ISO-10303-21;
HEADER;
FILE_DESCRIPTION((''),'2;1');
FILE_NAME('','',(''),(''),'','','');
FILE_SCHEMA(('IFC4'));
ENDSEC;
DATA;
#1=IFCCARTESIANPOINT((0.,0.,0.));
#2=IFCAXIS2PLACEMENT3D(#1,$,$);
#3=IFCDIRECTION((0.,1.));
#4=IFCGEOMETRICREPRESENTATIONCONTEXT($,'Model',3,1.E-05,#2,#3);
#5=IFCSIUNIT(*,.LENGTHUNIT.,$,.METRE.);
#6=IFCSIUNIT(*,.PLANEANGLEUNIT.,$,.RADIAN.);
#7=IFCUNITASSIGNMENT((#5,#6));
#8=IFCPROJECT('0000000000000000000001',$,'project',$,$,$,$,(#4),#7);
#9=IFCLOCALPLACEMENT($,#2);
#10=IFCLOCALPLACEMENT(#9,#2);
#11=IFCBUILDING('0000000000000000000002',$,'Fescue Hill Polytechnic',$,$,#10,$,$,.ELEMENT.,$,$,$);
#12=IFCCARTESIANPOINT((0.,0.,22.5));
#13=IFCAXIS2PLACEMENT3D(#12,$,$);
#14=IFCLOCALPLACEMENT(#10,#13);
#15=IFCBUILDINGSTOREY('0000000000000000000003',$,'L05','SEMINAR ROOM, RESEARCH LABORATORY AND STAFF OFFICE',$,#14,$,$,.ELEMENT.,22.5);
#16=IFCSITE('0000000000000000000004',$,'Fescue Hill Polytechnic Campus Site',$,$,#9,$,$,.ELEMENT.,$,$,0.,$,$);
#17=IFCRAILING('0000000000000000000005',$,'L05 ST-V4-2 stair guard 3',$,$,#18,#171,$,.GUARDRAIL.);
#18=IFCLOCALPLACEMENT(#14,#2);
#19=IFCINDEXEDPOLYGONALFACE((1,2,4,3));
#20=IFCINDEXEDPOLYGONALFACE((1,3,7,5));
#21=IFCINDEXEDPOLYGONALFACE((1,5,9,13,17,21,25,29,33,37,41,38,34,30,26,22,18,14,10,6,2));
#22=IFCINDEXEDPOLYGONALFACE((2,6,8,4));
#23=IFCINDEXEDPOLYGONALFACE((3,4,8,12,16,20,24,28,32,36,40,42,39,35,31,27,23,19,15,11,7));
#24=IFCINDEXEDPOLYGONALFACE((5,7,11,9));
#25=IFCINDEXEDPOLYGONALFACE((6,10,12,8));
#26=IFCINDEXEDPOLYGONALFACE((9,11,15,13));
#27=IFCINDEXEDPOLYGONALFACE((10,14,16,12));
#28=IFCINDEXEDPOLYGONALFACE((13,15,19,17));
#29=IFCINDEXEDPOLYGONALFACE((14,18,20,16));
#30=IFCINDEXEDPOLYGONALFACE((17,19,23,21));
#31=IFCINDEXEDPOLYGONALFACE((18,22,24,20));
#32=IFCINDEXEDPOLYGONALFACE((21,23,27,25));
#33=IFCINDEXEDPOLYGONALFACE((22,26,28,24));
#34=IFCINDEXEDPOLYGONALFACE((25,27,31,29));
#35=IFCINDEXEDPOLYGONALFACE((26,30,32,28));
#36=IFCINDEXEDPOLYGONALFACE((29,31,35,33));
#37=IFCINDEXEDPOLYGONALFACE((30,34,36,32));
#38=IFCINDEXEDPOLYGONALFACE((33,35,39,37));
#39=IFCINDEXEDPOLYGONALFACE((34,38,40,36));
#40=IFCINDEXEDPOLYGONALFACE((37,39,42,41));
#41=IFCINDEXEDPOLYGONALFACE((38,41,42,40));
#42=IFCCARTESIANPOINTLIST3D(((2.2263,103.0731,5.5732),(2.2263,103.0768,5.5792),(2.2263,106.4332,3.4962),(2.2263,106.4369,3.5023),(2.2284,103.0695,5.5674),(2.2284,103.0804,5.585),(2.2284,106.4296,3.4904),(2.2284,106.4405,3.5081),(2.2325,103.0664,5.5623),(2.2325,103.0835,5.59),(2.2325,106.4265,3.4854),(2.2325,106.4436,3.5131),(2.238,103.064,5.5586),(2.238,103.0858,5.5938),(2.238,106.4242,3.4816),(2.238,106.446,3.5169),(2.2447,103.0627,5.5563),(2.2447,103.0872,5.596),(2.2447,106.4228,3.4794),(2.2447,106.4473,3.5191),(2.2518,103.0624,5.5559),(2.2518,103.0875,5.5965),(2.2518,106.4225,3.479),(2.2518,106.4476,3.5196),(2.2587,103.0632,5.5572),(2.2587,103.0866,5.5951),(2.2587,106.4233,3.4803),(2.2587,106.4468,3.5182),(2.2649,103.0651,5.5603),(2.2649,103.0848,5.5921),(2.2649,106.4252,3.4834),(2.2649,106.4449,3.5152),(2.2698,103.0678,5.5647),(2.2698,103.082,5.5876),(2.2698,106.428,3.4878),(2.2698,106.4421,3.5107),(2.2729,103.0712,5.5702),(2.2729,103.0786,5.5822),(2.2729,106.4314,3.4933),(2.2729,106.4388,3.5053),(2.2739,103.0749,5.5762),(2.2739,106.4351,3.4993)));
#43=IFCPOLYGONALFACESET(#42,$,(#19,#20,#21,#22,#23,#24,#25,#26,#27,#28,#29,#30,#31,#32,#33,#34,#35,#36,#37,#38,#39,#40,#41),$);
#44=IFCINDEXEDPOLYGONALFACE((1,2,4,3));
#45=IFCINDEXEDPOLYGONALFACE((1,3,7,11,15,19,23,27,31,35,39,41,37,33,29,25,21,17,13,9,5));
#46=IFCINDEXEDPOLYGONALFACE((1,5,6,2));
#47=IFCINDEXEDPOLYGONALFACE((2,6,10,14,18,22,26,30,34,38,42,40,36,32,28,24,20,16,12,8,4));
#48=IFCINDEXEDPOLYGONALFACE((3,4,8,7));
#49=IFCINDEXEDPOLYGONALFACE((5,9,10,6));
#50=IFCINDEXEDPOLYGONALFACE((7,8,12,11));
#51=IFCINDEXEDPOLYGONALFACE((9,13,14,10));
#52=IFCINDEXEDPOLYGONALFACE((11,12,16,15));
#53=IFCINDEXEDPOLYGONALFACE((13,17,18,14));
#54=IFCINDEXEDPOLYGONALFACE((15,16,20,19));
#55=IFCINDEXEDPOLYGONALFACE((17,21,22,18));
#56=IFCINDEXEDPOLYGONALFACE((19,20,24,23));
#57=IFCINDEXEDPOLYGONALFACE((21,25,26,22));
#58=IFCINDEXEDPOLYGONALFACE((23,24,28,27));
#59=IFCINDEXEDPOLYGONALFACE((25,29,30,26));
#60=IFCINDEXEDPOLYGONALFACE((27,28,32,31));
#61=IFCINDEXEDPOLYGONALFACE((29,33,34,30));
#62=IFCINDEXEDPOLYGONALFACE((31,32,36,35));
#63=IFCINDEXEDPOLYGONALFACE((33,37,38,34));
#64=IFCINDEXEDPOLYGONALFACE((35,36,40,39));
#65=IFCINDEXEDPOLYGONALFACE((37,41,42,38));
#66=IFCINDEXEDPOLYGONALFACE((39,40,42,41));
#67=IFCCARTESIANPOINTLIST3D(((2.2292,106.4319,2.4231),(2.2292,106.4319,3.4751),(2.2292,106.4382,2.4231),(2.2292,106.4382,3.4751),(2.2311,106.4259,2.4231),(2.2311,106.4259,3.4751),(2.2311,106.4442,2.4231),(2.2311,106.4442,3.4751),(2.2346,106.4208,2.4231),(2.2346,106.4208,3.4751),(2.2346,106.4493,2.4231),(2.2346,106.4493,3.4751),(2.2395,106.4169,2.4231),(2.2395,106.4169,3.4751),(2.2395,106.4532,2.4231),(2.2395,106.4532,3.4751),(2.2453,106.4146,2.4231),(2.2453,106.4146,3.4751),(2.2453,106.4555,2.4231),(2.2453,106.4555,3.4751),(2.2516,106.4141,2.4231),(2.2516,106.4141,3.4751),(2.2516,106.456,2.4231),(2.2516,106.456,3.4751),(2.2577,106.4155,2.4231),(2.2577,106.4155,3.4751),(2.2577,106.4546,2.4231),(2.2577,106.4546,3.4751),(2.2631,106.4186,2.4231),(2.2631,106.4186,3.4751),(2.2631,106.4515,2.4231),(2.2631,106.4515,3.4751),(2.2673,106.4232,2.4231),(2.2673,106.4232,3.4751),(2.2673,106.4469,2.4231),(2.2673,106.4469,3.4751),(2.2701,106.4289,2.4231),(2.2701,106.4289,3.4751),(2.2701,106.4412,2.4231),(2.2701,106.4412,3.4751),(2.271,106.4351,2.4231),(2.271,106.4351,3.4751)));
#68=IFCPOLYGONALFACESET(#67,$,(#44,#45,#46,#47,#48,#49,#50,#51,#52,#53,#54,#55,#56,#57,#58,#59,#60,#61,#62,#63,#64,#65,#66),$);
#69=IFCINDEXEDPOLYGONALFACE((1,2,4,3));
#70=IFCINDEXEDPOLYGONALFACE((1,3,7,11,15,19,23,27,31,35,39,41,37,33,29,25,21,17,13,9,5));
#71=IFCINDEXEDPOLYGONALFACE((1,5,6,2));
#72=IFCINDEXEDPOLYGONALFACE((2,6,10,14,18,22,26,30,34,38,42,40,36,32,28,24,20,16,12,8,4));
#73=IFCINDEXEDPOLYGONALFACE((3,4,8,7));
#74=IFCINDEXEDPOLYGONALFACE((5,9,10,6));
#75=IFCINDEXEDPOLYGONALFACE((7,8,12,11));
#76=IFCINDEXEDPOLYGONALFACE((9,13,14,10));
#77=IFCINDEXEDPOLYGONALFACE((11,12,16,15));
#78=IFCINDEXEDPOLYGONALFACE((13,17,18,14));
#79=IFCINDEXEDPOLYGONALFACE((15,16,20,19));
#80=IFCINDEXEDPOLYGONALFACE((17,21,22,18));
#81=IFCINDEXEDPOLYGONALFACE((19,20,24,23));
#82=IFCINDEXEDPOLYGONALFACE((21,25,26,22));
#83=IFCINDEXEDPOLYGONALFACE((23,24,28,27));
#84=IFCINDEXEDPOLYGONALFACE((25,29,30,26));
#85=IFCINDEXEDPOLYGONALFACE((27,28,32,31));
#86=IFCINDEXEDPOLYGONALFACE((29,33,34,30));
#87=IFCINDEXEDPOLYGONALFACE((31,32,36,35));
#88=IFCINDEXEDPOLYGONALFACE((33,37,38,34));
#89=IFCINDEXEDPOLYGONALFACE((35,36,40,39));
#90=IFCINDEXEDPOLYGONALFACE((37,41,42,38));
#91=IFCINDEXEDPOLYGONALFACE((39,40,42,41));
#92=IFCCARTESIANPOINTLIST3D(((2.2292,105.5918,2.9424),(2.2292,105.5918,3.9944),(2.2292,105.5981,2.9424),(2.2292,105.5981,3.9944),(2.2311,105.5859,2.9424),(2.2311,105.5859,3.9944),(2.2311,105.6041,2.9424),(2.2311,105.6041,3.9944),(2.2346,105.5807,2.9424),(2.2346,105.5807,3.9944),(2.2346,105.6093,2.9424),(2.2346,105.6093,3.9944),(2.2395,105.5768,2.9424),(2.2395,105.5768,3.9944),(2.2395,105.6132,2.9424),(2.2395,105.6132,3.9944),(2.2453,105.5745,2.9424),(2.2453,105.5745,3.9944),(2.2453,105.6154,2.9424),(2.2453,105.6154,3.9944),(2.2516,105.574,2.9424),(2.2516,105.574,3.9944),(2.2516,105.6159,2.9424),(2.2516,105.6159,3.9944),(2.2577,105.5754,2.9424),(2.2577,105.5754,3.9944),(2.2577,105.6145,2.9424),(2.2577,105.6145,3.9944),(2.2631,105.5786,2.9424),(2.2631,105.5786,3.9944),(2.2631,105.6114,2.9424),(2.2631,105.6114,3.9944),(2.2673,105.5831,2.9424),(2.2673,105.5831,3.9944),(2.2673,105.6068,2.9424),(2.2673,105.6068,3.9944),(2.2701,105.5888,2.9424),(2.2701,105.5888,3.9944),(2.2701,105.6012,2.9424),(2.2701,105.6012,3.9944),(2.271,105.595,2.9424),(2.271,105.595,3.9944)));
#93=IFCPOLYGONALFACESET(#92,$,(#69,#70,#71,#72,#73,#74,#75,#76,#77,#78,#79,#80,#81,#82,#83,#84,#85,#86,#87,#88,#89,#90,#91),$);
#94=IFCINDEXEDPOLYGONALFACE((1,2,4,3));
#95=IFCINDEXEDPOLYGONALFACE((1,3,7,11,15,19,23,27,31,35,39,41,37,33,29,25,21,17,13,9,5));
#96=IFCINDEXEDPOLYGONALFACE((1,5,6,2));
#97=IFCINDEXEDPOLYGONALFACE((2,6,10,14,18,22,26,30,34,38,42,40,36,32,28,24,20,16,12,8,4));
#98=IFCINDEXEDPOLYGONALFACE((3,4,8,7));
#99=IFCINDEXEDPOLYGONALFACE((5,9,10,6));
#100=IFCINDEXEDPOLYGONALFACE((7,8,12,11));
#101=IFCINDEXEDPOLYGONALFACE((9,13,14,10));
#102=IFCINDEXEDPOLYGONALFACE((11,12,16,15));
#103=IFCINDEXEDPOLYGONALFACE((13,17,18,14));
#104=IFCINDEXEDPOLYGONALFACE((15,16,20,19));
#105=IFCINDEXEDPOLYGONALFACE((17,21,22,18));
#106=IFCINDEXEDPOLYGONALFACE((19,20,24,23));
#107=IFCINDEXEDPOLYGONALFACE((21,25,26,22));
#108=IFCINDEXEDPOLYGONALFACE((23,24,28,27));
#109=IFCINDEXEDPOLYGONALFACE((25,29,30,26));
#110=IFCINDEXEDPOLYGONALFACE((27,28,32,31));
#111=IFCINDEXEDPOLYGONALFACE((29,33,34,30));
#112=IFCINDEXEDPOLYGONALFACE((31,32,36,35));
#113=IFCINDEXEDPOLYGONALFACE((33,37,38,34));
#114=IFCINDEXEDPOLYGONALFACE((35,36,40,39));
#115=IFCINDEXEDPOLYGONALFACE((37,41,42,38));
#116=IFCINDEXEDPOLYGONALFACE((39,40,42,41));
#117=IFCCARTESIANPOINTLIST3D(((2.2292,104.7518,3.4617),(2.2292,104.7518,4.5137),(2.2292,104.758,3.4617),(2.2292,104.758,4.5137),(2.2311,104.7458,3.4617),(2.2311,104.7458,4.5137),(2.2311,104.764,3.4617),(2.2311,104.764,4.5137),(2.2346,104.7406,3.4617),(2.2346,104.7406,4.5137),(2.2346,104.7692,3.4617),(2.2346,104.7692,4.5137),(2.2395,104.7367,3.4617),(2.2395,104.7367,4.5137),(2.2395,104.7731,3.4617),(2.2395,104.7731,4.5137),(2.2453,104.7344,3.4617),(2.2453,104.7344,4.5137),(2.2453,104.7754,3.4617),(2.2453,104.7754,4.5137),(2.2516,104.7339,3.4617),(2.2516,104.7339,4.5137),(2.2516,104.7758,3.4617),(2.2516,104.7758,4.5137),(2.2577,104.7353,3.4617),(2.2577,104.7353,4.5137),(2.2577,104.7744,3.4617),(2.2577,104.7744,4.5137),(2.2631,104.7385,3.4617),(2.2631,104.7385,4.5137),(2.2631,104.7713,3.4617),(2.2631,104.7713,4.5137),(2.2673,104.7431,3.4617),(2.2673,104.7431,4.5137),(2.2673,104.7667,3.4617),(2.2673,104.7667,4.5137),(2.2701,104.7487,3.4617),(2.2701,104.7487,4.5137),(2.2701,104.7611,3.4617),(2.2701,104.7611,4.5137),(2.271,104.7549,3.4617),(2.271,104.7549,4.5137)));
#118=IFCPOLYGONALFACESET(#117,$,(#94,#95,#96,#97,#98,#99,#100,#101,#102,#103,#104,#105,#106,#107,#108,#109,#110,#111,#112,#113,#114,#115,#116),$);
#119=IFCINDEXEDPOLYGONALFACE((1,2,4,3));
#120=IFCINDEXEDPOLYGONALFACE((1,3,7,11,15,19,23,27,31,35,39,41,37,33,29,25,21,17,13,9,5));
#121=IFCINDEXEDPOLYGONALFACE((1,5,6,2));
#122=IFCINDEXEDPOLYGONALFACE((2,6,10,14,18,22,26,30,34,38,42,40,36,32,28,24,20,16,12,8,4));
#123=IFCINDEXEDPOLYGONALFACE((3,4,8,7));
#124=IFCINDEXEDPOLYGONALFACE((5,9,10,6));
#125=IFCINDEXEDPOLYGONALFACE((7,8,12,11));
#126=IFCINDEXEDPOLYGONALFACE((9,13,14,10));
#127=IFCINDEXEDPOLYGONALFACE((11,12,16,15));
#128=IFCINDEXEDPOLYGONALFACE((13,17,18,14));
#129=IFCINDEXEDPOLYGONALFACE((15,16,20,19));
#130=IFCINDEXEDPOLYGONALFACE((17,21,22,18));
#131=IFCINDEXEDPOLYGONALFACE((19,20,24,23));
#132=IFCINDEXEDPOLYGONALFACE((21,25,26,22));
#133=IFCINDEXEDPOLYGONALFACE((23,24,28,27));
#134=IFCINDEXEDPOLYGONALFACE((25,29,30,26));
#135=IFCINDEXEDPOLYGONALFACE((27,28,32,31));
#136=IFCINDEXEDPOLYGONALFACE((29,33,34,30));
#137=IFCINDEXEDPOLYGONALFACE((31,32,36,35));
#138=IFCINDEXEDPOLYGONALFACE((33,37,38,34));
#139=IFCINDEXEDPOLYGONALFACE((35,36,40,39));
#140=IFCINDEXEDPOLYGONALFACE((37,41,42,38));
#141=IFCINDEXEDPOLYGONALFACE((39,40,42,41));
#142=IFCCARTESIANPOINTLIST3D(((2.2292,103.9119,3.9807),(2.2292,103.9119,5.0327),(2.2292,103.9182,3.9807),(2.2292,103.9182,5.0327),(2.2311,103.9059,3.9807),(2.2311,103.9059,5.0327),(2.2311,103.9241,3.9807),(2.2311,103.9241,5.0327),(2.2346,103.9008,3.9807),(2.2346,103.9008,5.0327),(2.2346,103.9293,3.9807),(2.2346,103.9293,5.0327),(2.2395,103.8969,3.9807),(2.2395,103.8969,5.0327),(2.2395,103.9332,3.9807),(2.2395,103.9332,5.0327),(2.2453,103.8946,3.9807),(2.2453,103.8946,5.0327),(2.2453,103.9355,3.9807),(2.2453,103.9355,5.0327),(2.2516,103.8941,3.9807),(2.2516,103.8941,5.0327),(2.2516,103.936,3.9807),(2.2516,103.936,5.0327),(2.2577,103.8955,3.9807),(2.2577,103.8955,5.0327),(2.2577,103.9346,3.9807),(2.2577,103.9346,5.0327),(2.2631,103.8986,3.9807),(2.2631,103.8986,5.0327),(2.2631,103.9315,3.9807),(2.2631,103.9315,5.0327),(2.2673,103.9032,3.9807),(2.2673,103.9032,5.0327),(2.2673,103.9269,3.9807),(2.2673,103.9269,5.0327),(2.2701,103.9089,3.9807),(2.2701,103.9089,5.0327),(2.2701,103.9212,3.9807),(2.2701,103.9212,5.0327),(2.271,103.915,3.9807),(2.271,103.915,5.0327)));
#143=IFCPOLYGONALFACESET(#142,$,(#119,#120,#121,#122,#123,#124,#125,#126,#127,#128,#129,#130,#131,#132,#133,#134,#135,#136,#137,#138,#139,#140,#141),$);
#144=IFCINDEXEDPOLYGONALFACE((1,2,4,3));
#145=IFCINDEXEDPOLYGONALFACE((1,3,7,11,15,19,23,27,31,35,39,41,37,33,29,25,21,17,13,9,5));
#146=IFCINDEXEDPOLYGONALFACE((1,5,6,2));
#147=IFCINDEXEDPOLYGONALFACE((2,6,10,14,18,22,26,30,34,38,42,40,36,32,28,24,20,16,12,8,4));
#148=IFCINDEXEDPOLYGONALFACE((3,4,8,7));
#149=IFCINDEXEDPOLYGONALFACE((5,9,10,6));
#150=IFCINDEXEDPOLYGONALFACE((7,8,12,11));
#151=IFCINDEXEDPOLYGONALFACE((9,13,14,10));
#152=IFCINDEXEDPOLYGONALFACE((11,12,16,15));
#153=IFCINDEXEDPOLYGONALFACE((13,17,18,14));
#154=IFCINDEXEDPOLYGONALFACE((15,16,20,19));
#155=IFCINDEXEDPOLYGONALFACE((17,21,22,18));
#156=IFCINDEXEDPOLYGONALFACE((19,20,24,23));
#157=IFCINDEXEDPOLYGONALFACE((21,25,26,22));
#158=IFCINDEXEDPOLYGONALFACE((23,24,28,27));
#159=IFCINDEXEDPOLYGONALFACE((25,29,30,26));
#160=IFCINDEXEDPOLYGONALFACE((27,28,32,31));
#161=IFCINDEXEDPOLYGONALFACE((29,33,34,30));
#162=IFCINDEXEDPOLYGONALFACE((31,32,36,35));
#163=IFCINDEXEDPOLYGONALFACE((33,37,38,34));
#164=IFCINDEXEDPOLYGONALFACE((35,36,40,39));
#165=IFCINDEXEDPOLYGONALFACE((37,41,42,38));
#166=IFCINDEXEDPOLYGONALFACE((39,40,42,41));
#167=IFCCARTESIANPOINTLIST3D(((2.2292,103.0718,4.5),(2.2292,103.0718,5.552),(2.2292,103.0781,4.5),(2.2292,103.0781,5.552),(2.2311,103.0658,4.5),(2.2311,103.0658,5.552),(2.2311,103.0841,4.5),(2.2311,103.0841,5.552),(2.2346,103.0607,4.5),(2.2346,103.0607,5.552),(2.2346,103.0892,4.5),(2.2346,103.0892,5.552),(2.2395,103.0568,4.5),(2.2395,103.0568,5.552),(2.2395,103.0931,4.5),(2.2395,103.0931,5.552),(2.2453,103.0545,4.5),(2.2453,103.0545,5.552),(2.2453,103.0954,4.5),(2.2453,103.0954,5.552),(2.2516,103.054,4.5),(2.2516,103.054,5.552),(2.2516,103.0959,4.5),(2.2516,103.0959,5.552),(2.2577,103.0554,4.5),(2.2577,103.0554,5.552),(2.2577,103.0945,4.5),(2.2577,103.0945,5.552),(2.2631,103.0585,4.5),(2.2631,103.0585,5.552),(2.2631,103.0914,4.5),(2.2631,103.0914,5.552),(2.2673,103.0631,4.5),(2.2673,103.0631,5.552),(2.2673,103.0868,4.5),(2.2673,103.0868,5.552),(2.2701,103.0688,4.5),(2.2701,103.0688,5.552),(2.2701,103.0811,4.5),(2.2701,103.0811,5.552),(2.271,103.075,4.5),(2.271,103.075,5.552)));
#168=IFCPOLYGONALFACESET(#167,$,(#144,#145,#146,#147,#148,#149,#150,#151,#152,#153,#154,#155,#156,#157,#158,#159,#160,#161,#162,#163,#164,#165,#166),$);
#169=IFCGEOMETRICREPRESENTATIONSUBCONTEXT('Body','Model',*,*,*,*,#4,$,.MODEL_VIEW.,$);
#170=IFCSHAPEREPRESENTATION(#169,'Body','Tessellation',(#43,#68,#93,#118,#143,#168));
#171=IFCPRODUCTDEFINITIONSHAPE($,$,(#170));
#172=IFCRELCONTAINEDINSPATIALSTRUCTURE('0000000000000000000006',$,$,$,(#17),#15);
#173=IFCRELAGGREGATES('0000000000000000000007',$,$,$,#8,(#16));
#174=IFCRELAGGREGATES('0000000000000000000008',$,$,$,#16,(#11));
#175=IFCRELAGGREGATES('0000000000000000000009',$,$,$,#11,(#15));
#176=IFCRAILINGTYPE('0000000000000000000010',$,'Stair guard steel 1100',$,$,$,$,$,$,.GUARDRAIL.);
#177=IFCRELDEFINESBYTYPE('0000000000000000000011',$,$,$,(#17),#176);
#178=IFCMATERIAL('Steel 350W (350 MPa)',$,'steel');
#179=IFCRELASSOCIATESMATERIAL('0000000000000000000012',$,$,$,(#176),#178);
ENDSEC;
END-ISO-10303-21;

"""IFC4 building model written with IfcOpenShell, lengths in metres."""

from ifc_helpers import new_model, si_unit, direction, frame, origin, origin_2d, place, context, subcontext, project, spatial, circle, extrude, material, type_object, element, save


model = new_model("IFC4")

# Units and contexts
model_context = context("Model", 3, precision=1e-05, world=origin(), true_north=direction((0.0, 1.0)))
body_context = subcontext(model_context, "Body", "Model", "MODEL_VIEW")
ifc_project = project(units=[si_unit("LENGTHUNIT", "METRE"), si_unit("PLANEANGLEUNIT", "RADIAN")], contexts=[model_context])

# Site, building, storey
site_placement = place(None, origin())
site = spatial("IfcSite", under=ifc_project, at=site_placement, Name="Fescue Hill Polytechnic Campus Site", CompositionType="ELEMENT", RefElevation=0.0)
building_placement = place(site_placement, origin())
building = spatial("IfcBuilding", under=site, at=building_placement, Name="Fescue Hill Polytechnic", CompositionType="ELEMENT")
storey_placement = place(building_placement, frame((0.0, 0.0, 22.5)))
storey = spatial("IfcBuildingStorey", under=building, at=storey_placement, Name="L05", Description="SEMINAR ROOM, RESEARCH LABORATORY AND STAFF OFFICE", CompositionType="ELEMENT", Elevation=22.5)

# Railing
ifc_material_1 = material(Name="Steel 350W (350 MPa)", Category="steel")
railing_type_1 = type_object("IfcRailingType", Name="Stair guard steel 1100", PredefinedType="GUARDRAIL", material=ifc_material_1)
railing_1_placement = place(storey_placement, frame((2.25, 106.4351, 2.4231)))
element("IfcRailing", 1, at=railing_1_placement, inside=storey, type_object=railing_type_1, Name="L05 ST-V4-2 stair guard 3", PredefinedType="GUARDRAIL", context=body_context, shape_type="SweptSolid", body=[
    extrude(circle(Radius=0.0239, at=origin_2d()), frame((0.0, 0.0, 1.0762), z_axis=(0.0, -0.850623, 0.525776), x_axis=(1.0, 0.0, 0.0)), (0.0, 0.0, 1.0), 3.9502),
    extrude(circle(Radius=0.021, at=origin_2d()), origin(), (0.0, 0.0, 1.0), 1.052),
    extrude(circle(Radius=0.021, at=origin_2d()), frame((0.0, -0.8401, 0.5193)), (0.0, 0.0, 1.0), 1.052),
    extrude(circle(Radius=0.021, at=origin_2d()), frame((0.0, -1.6802, 1.0386)), (0.0, 0.0, 1.0), 1.052),
    extrude(circle(Radius=0.021, at=origin_2d()), frame((0.0, -2.52, 1.5576)), (0.0, 0.0, 1.0), 1.052),
    extrude(circle(Radius=0.021, at=origin_2d()), frame((0.0, -3.3601, 2.0769)), (0.0, 0.0, 1.0), 1.052),
])

save(model, "model.ifc")
